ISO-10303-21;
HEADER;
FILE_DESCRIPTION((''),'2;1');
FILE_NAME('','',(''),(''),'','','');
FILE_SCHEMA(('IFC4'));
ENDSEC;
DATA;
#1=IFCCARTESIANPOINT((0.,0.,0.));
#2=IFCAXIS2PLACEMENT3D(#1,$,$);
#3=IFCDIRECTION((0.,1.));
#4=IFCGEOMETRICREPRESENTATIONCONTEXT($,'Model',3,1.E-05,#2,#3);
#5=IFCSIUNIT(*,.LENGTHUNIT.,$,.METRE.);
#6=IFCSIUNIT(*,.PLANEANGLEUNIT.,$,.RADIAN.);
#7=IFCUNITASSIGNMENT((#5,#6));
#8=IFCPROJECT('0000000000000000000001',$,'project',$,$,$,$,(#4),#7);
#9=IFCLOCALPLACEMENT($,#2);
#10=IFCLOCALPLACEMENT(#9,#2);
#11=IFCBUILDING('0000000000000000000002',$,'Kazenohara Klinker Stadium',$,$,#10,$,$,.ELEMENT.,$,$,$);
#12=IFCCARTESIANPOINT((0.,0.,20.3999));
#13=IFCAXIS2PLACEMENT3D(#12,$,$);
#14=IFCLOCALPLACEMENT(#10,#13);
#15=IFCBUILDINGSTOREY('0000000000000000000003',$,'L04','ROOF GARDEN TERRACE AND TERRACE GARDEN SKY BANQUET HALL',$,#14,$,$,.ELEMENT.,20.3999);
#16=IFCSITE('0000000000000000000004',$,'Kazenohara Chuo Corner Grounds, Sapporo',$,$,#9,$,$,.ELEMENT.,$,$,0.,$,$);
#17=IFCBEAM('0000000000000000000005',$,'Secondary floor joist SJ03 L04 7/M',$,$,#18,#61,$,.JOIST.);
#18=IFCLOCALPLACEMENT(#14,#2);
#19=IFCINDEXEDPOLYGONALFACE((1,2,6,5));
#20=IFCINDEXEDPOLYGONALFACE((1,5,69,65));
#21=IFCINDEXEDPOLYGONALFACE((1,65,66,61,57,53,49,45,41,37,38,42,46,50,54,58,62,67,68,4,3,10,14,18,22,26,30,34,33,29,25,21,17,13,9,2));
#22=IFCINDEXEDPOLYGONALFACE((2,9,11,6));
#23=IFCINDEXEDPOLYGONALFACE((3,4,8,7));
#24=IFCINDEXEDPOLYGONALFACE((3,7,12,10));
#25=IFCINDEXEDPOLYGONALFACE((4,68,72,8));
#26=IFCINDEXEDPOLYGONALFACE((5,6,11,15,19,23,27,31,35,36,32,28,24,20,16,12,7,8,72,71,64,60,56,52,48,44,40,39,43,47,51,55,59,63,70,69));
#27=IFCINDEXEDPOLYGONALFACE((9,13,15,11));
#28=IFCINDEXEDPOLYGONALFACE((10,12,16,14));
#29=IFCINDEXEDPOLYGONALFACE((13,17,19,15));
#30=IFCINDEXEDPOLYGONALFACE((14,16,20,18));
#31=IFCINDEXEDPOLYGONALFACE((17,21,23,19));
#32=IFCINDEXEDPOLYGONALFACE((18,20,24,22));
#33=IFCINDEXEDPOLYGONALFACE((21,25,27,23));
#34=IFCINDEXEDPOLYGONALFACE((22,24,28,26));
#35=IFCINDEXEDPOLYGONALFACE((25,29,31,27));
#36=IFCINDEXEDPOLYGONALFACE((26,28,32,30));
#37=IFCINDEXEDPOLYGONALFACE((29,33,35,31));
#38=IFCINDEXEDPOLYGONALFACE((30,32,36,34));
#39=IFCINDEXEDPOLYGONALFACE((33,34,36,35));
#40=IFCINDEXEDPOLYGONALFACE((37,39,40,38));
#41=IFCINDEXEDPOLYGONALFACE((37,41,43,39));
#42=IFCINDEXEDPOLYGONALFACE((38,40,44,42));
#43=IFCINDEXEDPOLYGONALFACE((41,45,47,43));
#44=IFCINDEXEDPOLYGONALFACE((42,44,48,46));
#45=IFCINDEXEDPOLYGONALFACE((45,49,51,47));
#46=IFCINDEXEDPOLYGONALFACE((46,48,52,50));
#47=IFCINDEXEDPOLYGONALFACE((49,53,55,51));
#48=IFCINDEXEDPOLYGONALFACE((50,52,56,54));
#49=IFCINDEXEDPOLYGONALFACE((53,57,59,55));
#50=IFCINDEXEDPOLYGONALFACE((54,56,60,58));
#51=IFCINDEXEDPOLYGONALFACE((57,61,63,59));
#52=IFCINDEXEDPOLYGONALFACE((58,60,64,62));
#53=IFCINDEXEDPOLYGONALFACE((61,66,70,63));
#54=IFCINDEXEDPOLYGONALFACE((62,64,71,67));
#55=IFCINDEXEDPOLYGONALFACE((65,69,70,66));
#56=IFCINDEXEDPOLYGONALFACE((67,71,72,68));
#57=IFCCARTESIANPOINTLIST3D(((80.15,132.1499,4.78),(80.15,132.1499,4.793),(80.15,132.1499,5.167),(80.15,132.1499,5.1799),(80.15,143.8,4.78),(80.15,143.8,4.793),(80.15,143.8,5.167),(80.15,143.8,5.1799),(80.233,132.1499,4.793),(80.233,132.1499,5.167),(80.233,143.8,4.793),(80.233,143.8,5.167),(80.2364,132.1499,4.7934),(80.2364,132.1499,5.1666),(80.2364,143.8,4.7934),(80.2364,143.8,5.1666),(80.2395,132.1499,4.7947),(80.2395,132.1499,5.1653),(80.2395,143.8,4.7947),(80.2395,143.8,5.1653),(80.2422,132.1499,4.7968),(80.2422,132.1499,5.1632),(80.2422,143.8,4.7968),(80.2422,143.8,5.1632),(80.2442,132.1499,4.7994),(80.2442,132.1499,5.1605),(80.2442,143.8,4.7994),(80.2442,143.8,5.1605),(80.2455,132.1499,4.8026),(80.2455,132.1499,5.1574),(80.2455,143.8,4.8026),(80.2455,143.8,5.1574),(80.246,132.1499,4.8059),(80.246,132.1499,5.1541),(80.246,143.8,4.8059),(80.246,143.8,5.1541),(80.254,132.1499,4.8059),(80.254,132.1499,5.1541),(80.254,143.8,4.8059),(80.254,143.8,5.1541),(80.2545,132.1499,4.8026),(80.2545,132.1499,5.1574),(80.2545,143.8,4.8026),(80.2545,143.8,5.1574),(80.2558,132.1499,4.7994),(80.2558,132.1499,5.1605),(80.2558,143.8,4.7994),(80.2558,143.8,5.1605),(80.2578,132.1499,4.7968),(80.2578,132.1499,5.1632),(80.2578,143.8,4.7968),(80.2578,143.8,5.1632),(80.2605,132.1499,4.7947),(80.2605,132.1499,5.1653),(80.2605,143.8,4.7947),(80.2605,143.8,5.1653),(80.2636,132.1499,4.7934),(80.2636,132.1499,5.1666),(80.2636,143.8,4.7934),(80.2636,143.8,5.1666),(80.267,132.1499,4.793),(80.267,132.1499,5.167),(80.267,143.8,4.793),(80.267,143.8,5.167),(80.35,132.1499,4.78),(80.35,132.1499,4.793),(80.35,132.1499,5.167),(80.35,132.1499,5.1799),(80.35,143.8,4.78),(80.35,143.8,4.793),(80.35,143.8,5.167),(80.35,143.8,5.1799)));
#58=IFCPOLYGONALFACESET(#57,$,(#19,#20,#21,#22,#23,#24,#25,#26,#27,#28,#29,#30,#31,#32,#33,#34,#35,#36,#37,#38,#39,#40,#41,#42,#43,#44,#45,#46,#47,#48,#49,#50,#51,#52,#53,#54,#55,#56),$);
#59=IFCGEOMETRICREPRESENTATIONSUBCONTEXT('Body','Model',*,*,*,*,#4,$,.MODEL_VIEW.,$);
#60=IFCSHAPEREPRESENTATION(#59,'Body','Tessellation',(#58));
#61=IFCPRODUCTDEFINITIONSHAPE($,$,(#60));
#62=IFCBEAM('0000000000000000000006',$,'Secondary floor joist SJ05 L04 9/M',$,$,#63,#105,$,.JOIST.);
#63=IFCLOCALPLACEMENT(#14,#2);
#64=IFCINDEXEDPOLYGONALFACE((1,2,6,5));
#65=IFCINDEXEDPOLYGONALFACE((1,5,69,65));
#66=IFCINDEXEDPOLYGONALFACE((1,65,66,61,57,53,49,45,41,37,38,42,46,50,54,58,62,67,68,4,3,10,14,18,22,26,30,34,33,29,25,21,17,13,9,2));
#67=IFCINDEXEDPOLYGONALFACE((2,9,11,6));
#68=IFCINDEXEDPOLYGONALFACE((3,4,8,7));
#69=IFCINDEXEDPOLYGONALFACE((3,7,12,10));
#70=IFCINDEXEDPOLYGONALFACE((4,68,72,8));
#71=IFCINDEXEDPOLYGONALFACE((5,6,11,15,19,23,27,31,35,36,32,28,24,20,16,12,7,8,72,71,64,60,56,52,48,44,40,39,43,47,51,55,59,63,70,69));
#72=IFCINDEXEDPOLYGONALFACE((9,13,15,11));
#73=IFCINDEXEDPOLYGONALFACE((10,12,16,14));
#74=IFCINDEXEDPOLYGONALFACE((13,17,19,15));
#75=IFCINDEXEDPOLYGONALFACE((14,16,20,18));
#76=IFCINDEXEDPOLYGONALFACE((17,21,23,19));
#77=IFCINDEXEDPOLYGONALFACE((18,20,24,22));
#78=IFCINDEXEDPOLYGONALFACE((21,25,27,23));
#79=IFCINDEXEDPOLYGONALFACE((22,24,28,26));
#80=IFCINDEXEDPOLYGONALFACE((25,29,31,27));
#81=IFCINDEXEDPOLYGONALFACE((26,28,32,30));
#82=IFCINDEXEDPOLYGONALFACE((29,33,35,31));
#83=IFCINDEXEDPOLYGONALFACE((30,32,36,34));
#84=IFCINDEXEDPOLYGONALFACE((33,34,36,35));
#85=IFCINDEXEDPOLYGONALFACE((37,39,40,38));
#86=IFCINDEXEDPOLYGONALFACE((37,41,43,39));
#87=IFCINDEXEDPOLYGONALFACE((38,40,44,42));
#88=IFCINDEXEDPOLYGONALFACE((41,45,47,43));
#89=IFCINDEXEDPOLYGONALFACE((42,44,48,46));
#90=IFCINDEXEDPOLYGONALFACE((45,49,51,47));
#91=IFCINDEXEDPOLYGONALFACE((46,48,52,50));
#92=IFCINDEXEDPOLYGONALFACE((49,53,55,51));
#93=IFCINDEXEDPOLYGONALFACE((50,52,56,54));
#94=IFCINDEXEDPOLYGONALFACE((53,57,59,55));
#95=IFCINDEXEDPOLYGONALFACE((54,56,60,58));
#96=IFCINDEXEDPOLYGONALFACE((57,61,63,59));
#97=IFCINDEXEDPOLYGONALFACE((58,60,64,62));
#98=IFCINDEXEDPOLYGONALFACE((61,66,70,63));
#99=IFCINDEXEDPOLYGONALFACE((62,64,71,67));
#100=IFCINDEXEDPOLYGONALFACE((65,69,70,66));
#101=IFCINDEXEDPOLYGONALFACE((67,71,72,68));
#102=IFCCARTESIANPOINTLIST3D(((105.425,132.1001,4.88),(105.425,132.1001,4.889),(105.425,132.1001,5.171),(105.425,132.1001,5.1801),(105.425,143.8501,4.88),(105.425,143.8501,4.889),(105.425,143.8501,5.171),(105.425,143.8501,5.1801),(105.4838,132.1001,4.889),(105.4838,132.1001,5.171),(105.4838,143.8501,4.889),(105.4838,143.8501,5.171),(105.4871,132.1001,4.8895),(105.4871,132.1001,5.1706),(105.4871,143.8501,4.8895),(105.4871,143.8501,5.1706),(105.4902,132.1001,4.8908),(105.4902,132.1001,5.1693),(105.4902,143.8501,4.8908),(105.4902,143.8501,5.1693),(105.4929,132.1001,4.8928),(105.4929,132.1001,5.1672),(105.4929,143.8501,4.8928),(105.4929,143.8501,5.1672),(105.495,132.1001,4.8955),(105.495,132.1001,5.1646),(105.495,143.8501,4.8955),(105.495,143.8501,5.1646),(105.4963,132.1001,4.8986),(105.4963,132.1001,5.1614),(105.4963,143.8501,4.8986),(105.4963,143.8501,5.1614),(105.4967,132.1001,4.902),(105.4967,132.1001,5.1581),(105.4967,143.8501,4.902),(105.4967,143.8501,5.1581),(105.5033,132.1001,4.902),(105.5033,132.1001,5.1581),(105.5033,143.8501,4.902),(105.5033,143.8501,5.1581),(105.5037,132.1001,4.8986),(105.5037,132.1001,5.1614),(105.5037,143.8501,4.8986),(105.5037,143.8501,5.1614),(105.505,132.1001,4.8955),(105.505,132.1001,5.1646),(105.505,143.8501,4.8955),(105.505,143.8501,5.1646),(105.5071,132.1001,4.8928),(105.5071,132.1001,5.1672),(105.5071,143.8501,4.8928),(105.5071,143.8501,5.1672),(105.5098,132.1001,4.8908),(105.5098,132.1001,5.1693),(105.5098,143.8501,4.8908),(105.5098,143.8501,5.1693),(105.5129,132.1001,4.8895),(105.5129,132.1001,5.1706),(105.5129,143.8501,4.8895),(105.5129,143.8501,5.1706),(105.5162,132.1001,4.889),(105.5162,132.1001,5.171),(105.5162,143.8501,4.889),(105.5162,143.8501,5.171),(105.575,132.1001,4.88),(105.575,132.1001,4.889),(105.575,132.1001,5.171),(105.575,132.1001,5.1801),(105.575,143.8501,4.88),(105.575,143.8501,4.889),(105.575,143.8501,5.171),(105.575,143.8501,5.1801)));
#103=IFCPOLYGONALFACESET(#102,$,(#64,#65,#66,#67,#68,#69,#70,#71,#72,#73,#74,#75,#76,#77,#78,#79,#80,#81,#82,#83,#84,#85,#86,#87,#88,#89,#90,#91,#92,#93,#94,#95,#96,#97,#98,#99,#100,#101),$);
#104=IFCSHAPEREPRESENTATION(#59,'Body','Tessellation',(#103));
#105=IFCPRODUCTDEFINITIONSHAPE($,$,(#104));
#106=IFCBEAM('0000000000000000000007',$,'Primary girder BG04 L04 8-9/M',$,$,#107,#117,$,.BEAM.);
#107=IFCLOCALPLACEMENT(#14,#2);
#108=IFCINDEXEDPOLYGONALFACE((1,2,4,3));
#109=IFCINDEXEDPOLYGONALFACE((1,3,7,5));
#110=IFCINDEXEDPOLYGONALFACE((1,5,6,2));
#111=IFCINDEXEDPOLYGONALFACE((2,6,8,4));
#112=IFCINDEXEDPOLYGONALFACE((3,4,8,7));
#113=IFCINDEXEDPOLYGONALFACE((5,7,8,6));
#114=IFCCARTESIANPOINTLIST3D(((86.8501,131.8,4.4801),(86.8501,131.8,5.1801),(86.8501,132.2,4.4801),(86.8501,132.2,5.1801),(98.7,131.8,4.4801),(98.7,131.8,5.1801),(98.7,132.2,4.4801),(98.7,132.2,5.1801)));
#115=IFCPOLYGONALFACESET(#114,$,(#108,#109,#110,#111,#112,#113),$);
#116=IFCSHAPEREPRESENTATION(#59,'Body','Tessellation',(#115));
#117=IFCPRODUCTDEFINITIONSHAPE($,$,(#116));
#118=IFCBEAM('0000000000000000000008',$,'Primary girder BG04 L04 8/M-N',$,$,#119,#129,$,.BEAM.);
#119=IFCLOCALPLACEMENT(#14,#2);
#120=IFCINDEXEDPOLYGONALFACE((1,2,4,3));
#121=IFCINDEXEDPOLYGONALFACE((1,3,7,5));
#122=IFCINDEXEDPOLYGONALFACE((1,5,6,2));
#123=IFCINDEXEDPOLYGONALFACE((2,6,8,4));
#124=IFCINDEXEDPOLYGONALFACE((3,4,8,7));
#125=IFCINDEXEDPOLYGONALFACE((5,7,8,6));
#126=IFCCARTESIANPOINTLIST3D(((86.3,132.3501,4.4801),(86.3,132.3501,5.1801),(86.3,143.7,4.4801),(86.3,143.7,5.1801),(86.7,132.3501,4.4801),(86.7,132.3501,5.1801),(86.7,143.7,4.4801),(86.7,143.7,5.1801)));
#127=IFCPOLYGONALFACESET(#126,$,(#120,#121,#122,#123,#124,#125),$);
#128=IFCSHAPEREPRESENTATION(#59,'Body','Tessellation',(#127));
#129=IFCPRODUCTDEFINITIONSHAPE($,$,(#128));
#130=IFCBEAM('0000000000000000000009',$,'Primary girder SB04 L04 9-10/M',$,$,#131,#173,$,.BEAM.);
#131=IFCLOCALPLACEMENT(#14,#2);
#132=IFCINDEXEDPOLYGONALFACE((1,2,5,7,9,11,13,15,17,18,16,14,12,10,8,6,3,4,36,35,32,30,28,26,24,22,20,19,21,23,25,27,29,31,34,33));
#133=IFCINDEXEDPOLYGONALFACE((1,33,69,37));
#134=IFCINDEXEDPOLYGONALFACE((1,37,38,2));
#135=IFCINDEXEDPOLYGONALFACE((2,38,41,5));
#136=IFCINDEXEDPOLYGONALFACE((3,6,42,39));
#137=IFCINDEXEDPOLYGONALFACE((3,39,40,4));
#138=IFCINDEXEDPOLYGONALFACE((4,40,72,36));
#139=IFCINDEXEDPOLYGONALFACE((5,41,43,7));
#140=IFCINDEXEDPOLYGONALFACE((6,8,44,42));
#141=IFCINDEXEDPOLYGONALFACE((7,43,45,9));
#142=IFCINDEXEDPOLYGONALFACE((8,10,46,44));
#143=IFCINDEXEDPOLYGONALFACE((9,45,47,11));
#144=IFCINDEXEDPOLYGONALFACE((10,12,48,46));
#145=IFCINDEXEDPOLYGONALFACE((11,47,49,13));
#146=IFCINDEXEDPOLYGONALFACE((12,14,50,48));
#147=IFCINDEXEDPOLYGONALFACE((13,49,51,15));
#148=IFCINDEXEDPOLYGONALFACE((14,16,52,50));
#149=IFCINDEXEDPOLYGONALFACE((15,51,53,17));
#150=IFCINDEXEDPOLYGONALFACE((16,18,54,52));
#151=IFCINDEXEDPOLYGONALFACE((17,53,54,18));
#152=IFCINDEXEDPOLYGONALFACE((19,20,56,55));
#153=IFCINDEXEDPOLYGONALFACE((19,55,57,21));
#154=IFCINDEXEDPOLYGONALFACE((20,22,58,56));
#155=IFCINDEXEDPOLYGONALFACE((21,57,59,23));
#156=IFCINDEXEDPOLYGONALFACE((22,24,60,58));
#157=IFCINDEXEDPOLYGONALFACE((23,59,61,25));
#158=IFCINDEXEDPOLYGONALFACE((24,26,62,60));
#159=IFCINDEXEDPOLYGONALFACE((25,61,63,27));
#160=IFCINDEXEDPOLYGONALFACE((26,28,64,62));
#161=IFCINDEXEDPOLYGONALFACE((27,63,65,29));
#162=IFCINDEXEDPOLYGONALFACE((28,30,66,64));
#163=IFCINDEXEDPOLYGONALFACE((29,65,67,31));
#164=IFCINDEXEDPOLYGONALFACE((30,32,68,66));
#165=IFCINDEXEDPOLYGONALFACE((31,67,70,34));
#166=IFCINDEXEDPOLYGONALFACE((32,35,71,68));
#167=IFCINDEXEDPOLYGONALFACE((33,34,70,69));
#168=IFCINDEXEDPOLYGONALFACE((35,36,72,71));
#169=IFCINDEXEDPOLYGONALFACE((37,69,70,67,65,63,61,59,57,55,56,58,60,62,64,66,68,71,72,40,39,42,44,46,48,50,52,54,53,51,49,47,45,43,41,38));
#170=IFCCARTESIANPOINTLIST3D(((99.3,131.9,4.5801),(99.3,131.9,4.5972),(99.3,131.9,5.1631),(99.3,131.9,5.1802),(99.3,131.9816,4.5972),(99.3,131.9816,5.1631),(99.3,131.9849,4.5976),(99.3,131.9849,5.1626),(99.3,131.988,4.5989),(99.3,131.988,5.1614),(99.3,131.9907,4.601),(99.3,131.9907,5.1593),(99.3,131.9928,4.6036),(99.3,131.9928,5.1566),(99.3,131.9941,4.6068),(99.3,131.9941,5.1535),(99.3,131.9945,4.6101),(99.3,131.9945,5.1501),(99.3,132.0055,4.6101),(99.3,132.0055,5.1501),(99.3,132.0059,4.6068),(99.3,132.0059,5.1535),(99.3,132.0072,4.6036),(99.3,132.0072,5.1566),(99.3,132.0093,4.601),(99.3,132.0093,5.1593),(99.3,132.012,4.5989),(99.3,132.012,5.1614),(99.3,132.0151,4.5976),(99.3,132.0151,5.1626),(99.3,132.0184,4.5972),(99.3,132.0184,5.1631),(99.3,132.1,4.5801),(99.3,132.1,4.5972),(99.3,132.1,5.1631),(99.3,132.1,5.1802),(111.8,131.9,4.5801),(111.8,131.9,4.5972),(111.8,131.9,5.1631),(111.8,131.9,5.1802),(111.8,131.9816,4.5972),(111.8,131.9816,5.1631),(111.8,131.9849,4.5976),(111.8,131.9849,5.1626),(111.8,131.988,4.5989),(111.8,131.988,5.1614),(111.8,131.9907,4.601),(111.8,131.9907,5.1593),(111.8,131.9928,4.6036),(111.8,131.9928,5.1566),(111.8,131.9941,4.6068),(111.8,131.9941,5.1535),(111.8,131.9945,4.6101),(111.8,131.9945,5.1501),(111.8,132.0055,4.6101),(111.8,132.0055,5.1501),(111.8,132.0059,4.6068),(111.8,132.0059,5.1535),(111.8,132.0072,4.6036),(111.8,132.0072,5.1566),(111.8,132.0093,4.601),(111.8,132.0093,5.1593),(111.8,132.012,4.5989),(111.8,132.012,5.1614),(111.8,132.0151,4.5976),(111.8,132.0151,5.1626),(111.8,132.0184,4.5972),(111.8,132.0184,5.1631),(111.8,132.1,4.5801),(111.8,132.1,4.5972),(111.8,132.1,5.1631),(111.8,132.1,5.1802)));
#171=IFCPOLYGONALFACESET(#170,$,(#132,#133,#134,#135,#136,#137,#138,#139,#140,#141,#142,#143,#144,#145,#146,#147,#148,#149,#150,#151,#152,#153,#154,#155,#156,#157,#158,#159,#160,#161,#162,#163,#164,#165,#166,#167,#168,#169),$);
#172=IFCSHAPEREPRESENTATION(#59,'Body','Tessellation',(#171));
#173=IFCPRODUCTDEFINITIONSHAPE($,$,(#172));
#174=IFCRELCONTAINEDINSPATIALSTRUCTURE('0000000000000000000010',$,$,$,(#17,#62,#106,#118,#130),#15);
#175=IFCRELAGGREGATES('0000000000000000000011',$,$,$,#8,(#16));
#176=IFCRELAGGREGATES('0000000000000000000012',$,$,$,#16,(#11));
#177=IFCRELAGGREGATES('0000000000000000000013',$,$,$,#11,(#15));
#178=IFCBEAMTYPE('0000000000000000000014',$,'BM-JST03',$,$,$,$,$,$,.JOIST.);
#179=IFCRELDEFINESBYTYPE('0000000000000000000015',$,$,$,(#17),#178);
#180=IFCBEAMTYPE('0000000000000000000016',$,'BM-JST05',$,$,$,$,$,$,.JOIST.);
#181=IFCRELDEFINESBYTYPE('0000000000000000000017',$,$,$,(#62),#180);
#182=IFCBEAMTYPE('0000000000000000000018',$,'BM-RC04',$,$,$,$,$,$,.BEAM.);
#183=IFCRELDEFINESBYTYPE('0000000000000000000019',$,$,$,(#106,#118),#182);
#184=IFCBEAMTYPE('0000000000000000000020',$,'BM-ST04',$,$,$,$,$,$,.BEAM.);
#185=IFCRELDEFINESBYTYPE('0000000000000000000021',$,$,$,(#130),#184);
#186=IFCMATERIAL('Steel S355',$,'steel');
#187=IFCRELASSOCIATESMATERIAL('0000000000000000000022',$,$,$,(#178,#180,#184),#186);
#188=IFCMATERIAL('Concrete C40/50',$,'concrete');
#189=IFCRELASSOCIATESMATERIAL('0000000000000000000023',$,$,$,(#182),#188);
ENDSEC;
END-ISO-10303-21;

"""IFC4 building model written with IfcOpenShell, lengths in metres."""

from ifc_helpers import new_model, si_unit, direction, frame, origin, origin_2d, place, context, subcontext, project, spatial, rectangle, i_section, extrude, material, material_profile, profile_set, type_object, element, save


model = new_model("IFC4")

# Units and contexts
model_context = context("Model", 3, precision=1e-05, world=origin(), true_north=direction((0.0, 1.0)))
body_context = subcontext(model_context, "Body", "Model", "MODEL_VIEW")
ifc_project = project(units=[si_unit("LENGTHUNIT", "METRE"), si_unit("PLANEANGLEUNIT", "RADIAN")], contexts=[model_context])

# Site, building, storey
site_placement = place(None, origin())
site = spatial("IfcSite", under=ifc_project, at=site_placement, Name="Kazenohara Chuo Corner Grounds, Sapporo", CompositionType="ELEMENT", RefElevation=0.0)
building_placement = place(site_placement, origin())
building = spatial("IfcBuilding", under=site, at=building_placement, Name="Kazenohara Klinker Stadium", CompositionType="ELEMENT")
storey_placement = place(building_placement, frame((0.0, 0.0, 20.3999)))
storey = spatial("IfcBuildingStorey", under=building, at=storey_placement, Name="L04", Description="ROOF GARDEN TERRACE AND TERRACE GARDEN SKY BANQUET HALL", CompositionType="ELEMENT", Elevation=20.3999)

# Shared definitions
ifc_material_1 = material(Name="Concrete C40/50", Category="concrete")
ifc_material_2 = material(Name="Steel S355", Category="steel")

# Beams
ifc_material_profile_1 = material_profile(ifc_material_2, i_section(OverallWidth=0.2, OverallDepth=0.3999, WebThickness=0.0081, FlangeThickness=0.0129, FilletRadius=0.0129, at=origin_2d()), Name="H-400x200x8x13")
ifc_profile_set_1 = profile_set([ifc_material_profile_1], Name="Steel S355")
beam_type_1 = type_object("IfcBeamType", Name="BM-JST03", PredefinedType="JOIST", material=ifc_profile_set_1)
beam_1_placement = place(storey_placement, frame((80.25, 132.1499, 4.98), z_axis=(0.0, 1.0, 0.0), x_axis=(-1.0, 0.0, 0.0)))
element("IfcBeam", 1, at=beam_1_placement, inside=storey, type_object=beam_type_1, Name="Secondary floor joist SJ03 L04 7/M", PredefinedType="JOIST", context=body_context, shape_type="SweptSolid", body=[
    extrude(i_section(OverallWidth=0.2, OverallDepth=0.3999, WebThickness=0.0081, FlangeThickness=0.0129, FilletRadius=0.0129, at=origin_2d()), origin(), (0.0, 0.0, 1.0), 11.6501),
])
ifc_material_profile_2 = material_profile(ifc_material_2, i_section(OverallWidth=0.1499, OverallDepth=0.3, WebThickness=0.0066, FlangeThickness=0.009, FilletRadius=0.0129, at=origin_2d()), Name="H-300x150x6.5x9")
ifc_profile_set_2 = profile_set([ifc_material_profile_2], Name="Steel S355")
beam_type_2 = type_object("IfcBeamType", Name="BM-JST05", PredefinedType="JOIST", material=ifc_profile_set_2)
beam_2_placement = place(storey_placement, frame((105.5, 132.1001, 5.03), z_axis=(0.0, 1.0, 0.0), x_axis=(-1.0, 0.0, 0.0)))
element("IfcBeam", 2, at=beam_2_placement, inside=storey, type_object=beam_type_2, Name="Secondary floor joist SJ05 L04 9/M", PredefinedType="JOIST", context=body_context, shape_type="SweptSolid", body=[
    extrude(i_section(OverallWidth=0.1499, OverallDepth=0.3, WebThickness=0.0066, FlangeThickness=0.009, FilletRadius=0.0129, at=origin_2d()), origin(), (0.0, 0.0, 1.0), 11.75),
])
ifc_material_profile_3 = material_profile(ifc_material_1, rectangle(XDim=0.3999, YDim=0.7, at=origin_2d()), Name="RC-BM-400x700")
ifc_profile_set_3 = profile_set([ifc_material_profile_3], Name="Concrete C40/50")
beam_type_3 = type_object("IfcBeamType", Name="BM-RC04", PredefinedType="BEAM", material=ifc_profile_set_3)
beam_3_placement = place(storey_placement, frame((86.8501, 132.0, 4.8301), z_axis=(1.0, 0.0, 0.0), x_axis=(0.0, 1.0, 0.0)))
element("IfcBeam", 3, at=beam_3_placement, inside=storey, type_object=beam_type_3, Name="Primary girder BG04 L04 8-9/M", PredefinedType="BEAM", context=body_context, shape_type="SweptSolid", body=[
    extrude(rectangle(XDim=0.3999, YDim=0.7, at=origin_2d()), origin(), (0.0, 0.0, 1.0), 11.8499),
])
beam_4_placement = place(storey_placement, frame((86.5, 132.3501, 4.8301), z_axis=(0.0, 1.0, 0.0), x_axis=(-1.0, 0.0, 0.0)))
element("IfcBeam", 4, at=beam_4_placement, inside=storey, type_object=beam_type_3, Name="Primary girder BG04 L04 8/M-N", PredefinedType="BEAM", context=body_context, shape_type="SweptSolid", body=[
    extrude(rectangle(XDim=0.3999, YDim=0.7, at=origin_2d()), origin(), (0.0, 0.0, 1.0), 11.3499),
])
ifc_material_profile_4 = material_profile(ifc_material_2, i_section(OverallWidth=0.2, OverallDepth=0.6001, WebThickness=0.011, FlangeThickness=0.0171, FilletRadius=0.0129, at=origin_2d()), Name="H-600x200x11x17")
ifc_profile_set_4 = profile_set([ifc_material_profile_4], Name="Steel S355")
beam_type_4 = type_object("IfcBeamType", Name="BM-ST04", PredefinedType="BEAM", material=ifc_profile_set_4)
beam_5_placement = place(storey_placement, frame((99.3, 132.0, 4.8801), z_axis=(1.0, 0.0, 0.0), x_axis=(0.0, 1.0, 0.0)))
element("IfcBeam", 5, at=beam_5_placement, inside=storey, type_object=beam_type_4, Name="Primary girder SB04 L04 9-10/M", PredefinedType="BEAM", context=body_context, shape_type="SweptSolid", body=[
    extrude(i_section(OverallWidth=0.2, OverallDepth=0.6001, WebThickness=0.011, FlangeThickness=0.0171, FilletRadius=0.0129, at=origin_2d()), origin(), (0.0, 0.0, 1.0), 12.5),
])

save(model, "model.ifc")
